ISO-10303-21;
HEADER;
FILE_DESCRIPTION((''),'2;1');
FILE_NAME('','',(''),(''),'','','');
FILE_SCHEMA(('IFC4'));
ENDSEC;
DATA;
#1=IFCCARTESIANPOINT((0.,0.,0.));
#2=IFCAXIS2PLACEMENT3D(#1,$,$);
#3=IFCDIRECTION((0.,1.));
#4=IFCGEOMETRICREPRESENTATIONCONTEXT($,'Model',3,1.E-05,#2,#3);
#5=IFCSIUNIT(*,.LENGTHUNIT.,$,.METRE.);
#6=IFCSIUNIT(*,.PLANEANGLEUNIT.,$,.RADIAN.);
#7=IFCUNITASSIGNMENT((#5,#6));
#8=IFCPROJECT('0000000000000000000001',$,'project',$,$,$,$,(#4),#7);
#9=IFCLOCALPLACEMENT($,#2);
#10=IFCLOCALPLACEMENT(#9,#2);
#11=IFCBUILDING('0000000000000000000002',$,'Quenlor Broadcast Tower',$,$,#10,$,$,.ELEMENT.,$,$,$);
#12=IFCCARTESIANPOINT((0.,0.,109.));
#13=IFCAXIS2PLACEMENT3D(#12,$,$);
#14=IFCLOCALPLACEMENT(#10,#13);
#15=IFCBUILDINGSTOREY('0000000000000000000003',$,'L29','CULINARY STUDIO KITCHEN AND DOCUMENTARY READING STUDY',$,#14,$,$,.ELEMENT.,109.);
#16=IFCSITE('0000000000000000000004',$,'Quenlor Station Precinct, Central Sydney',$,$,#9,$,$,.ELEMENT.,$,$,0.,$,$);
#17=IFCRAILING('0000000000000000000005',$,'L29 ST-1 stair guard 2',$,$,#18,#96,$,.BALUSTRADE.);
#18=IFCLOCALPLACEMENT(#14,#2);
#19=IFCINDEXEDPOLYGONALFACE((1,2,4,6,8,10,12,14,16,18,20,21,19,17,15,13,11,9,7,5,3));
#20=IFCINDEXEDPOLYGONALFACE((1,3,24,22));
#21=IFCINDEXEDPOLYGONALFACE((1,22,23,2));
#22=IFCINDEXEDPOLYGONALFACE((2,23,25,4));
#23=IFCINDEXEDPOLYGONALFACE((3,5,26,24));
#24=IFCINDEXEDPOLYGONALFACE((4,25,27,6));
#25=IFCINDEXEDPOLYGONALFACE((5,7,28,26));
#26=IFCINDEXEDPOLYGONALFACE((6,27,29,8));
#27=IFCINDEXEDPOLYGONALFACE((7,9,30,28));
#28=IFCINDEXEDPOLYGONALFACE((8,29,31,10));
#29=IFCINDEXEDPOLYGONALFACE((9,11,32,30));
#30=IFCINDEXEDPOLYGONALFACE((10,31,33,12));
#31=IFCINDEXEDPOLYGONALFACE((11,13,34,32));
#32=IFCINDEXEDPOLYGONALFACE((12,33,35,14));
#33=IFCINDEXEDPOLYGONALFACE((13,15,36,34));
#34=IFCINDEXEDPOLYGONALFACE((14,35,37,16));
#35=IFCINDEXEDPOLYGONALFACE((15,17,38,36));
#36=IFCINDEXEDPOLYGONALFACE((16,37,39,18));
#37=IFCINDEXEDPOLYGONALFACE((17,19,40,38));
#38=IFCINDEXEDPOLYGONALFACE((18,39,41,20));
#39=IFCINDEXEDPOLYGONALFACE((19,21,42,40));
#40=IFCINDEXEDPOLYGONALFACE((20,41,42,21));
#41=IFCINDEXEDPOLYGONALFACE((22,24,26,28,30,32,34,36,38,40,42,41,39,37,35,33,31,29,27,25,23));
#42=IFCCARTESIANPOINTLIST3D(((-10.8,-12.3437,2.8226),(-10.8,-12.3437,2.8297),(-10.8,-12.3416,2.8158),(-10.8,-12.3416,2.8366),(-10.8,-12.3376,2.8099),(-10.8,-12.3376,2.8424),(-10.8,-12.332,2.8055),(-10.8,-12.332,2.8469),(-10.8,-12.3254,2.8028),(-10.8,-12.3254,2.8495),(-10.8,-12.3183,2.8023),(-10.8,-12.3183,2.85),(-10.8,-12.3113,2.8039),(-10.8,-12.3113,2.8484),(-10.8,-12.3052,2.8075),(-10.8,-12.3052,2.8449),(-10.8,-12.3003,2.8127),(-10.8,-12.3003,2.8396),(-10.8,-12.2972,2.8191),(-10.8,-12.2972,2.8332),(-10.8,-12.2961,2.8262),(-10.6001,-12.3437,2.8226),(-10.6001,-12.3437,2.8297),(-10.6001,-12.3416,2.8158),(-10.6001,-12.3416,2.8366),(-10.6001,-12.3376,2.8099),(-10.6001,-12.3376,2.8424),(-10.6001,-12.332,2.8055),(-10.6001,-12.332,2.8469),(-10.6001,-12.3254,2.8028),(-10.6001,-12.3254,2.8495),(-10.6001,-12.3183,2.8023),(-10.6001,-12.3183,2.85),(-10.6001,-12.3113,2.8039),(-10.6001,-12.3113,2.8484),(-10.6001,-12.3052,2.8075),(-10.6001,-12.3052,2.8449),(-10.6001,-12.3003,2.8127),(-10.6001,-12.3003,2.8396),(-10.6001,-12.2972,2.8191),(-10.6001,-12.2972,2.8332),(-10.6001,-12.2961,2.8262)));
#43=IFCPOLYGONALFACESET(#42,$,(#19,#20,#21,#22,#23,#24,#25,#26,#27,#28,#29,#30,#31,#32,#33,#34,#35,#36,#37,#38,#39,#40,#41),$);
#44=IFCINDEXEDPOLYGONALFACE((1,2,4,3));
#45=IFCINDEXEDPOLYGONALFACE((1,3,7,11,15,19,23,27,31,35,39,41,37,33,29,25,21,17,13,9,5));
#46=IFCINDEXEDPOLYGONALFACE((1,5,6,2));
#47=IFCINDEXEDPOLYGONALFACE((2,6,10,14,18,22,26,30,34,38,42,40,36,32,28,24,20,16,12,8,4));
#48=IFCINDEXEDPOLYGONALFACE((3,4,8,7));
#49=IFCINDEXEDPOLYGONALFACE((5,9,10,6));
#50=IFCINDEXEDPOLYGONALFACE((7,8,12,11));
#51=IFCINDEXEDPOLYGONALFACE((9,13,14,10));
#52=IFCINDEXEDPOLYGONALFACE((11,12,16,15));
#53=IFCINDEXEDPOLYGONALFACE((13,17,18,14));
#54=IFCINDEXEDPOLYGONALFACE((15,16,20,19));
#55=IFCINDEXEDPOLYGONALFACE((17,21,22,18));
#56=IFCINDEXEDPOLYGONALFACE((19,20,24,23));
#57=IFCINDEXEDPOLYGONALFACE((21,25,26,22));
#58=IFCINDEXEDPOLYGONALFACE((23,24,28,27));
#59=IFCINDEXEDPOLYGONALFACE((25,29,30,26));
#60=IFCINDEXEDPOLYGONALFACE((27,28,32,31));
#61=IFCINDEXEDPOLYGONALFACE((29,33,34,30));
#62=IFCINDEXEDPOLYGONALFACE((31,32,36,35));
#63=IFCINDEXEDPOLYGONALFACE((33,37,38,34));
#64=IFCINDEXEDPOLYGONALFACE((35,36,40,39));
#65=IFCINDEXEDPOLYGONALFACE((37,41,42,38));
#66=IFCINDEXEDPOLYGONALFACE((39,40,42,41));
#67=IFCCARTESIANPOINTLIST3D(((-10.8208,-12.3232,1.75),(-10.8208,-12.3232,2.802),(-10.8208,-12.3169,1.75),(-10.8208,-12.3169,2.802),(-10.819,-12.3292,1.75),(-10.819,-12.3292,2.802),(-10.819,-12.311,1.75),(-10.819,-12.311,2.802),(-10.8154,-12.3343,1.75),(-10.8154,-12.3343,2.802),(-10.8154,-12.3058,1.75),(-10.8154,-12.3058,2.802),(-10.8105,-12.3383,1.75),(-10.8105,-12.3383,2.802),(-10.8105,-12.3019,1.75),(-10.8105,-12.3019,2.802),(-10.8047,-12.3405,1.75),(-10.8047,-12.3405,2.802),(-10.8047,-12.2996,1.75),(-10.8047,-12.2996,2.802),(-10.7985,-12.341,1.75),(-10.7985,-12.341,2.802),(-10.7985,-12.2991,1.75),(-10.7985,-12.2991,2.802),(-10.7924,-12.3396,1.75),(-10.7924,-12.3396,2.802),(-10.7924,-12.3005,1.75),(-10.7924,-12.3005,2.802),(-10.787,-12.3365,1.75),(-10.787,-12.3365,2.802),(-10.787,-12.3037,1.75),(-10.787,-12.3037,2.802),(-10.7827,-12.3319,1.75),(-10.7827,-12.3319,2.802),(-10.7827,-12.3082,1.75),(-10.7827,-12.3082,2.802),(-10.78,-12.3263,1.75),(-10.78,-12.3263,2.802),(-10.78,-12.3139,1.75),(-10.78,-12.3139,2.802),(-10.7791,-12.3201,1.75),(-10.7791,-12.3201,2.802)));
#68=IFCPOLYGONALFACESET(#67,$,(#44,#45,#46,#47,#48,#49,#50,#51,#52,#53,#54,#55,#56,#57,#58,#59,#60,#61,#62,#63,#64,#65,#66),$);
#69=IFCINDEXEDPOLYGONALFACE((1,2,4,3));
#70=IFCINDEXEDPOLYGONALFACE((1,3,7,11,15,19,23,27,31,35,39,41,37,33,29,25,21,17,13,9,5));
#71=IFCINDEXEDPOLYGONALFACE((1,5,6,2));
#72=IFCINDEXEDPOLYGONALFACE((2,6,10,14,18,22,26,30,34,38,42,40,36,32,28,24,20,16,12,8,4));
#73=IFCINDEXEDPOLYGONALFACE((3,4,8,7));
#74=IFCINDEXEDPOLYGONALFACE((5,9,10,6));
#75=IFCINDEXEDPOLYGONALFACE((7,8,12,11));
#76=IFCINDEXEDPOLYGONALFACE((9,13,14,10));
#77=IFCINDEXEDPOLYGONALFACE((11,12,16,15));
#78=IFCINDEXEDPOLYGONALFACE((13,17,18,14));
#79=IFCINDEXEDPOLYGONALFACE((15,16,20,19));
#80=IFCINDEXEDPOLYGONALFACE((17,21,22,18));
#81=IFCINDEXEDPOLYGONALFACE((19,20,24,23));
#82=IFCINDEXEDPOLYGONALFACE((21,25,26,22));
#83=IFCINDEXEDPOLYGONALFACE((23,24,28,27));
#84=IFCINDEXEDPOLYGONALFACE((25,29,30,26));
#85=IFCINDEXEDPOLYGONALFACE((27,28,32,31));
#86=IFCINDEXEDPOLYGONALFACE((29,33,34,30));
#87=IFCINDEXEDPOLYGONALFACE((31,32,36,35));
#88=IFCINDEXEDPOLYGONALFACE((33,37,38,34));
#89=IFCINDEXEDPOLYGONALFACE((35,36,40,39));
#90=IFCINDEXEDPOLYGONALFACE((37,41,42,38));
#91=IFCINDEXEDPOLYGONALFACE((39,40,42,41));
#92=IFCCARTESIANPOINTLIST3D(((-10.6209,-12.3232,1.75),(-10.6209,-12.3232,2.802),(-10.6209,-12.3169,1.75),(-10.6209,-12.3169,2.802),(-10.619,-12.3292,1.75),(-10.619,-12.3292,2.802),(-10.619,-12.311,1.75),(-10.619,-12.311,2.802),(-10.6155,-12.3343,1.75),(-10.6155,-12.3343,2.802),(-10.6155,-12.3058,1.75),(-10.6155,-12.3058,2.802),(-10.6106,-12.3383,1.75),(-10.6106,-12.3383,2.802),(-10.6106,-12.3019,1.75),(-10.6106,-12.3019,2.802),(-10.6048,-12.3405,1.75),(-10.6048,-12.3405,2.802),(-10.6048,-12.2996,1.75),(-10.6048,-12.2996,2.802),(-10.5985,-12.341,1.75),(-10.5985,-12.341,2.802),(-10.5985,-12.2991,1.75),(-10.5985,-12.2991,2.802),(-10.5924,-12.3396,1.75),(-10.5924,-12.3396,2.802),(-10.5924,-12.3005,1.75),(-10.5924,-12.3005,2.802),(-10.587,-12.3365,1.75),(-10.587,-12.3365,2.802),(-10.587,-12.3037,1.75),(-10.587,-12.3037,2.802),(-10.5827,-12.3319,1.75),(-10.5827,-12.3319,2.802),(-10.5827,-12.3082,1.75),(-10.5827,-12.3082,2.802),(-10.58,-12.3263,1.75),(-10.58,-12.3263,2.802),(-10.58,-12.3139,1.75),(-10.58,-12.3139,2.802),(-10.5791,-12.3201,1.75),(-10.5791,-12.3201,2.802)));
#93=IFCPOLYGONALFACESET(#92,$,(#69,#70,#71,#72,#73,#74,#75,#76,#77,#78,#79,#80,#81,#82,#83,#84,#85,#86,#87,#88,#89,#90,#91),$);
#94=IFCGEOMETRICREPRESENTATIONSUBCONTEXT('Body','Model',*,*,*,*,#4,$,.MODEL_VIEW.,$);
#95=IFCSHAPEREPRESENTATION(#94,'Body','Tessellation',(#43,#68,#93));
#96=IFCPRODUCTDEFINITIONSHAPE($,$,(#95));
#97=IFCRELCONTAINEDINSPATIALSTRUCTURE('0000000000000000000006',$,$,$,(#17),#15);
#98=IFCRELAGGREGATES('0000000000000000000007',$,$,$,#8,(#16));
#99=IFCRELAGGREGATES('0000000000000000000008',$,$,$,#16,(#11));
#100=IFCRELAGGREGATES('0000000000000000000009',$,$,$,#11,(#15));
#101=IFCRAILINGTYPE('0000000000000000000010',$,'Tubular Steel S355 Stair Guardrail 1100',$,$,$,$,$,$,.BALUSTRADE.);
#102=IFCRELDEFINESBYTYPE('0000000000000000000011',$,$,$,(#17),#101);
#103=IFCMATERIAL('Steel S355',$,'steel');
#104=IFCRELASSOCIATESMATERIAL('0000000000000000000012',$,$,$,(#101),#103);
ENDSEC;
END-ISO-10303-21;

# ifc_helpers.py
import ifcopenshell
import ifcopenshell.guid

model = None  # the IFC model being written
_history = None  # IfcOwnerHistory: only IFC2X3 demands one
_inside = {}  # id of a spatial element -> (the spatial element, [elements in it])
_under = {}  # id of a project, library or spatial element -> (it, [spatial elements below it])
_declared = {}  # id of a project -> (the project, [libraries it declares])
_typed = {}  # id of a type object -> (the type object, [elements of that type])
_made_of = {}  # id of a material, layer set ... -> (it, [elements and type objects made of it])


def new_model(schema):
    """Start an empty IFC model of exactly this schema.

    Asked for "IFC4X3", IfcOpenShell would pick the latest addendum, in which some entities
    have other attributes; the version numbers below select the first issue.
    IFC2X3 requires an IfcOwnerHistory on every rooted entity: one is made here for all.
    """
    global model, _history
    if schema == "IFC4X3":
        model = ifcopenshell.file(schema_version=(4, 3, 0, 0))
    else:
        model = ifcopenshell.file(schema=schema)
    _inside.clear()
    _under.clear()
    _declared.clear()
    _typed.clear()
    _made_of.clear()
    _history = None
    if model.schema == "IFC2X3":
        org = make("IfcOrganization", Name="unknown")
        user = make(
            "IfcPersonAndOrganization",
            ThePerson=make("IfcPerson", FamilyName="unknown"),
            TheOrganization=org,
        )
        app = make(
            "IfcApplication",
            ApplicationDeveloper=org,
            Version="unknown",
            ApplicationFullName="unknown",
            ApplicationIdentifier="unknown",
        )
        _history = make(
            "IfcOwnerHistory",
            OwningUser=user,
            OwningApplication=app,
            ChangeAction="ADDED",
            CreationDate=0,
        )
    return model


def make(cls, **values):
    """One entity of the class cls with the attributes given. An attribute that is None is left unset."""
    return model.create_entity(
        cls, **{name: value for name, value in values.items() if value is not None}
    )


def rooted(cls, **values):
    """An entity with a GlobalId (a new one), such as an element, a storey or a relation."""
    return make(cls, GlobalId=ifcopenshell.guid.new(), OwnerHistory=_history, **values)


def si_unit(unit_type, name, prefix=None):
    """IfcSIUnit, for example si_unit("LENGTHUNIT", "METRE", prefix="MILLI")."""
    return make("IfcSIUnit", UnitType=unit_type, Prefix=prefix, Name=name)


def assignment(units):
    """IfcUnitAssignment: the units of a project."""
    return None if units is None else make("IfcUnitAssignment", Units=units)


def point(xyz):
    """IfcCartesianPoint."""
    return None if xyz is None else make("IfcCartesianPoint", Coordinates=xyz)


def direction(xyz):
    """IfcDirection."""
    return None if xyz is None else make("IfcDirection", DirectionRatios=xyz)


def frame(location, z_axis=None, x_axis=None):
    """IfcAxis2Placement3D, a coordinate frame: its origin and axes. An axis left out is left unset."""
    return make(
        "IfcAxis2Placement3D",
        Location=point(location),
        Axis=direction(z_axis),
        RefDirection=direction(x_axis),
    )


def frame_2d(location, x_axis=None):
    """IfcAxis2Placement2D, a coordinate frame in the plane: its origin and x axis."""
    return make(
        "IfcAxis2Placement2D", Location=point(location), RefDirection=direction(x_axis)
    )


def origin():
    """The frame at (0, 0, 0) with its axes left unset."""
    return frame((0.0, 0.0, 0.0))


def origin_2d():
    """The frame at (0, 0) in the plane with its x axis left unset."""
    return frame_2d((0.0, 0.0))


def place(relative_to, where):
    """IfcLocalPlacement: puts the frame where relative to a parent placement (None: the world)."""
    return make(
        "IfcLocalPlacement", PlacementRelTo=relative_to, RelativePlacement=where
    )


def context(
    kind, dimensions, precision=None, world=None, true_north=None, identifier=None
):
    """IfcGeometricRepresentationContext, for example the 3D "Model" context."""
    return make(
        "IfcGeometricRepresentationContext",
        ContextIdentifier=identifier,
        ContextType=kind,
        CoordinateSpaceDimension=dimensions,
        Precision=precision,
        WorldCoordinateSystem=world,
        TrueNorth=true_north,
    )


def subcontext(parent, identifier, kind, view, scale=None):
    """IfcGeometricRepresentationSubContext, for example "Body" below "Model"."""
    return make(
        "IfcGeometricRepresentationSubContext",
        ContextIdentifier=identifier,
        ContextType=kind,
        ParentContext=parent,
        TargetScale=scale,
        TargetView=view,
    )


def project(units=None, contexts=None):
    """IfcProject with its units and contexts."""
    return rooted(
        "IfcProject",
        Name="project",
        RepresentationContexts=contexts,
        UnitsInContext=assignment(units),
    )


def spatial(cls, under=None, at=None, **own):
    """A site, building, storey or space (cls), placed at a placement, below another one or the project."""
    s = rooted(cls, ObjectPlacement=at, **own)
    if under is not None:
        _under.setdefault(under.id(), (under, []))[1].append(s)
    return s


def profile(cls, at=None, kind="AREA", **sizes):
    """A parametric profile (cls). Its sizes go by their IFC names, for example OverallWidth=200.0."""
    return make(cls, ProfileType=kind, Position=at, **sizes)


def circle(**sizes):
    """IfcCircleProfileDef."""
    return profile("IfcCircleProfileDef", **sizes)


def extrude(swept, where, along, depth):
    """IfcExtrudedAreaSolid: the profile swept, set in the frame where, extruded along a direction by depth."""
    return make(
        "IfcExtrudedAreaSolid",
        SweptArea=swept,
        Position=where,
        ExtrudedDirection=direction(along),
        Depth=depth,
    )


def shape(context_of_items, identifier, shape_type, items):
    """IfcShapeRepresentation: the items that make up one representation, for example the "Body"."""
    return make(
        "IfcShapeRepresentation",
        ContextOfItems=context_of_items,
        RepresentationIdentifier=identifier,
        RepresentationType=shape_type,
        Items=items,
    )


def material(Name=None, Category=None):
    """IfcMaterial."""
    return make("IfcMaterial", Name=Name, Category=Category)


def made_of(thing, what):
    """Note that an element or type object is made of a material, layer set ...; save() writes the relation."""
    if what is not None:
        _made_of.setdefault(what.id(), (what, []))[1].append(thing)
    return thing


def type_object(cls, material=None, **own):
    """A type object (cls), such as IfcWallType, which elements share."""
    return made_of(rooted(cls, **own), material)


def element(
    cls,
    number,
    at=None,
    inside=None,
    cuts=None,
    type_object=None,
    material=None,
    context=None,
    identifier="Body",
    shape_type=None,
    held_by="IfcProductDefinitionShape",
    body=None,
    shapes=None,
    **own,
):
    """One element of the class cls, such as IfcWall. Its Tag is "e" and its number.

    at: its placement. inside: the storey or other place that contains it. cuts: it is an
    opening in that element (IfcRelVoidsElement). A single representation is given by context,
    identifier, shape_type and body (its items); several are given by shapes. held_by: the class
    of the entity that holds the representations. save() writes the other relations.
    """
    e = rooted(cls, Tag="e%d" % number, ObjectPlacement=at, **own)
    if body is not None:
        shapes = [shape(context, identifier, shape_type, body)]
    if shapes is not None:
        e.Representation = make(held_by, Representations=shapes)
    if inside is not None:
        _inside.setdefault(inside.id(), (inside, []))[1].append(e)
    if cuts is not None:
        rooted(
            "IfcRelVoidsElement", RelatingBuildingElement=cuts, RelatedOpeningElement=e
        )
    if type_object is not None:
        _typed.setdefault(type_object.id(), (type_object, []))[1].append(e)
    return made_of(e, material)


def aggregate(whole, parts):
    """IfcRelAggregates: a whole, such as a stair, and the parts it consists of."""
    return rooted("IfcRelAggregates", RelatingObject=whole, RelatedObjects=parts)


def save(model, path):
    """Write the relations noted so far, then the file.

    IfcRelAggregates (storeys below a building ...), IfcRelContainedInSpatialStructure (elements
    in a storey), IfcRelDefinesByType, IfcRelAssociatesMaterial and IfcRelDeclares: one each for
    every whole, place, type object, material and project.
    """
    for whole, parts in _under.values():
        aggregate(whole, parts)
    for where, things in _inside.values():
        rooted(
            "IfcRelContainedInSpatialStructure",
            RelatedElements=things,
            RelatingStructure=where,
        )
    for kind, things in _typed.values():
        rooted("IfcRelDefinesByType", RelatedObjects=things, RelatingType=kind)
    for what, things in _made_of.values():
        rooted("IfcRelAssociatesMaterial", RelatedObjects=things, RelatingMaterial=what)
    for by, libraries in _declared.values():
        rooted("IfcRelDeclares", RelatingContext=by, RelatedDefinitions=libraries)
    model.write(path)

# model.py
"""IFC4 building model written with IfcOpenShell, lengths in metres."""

from ifc_helpers import new_model, si_unit, direction, frame, origin, origin_2d, place, context, subcontext, project, spatial, circle, extrude, material, type_object, element, save


model = new_model("IFC4")

# Units and contexts
model_context = context("Model", 3, precision=1e-05, world=origin(), true_north=direction((0.0, 1.0)))
body_context = subcontext(model_context, "Body", "Model", "MODEL_VIEW")
ifc_project = project(units=[si_unit("LENGTHUNIT", "METRE"), si_unit("PLANEANGLEUNIT", "RADIAN")], contexts=[model_context])

# Site, building, storey
site_placement = place(None, origin())
site = spatial("IfcSite", under=ifc_project, at=site_placement, Name="Quenlor Station Precinct, Central Sydney", CompositionType="ELEMENT", RefElevation=0.0)
building_placement = place(site_placement, origin())
building = spatial("IfcBuilding", under=site, at=building_placement, Name="Quenlor Broadcast Tower", CompositionType="ELEMENT")
storey_placement = place(building_placement, frame((0.0, 0.0, 109.0)))
storey = spatial("IfcBuildingStorey", under=building, at=storey_placement, Name="L29", Description="CULINARY STUDIO KITCHEN AND DOCUMENTARY READING STUDY", CompositionType="ELEMENT", Elevation=109.0)

# Railing
ifc_material_1 = material(Name="Steel S355", Category="steel")
railing_type_1 = type_object("IfcRailingType", Name="Tubular Steel S355 Stair Guardrail 1100", PredefinedType="BALUSTRADE", material=ifc_material_1)
railing_1_placement = place(storey_placement, frame((-10.8, -12.3201, 1.75)))
element("IfcRailing", 1, at=railing_1_placement, inside=storey, type_object=railing_type_1, Name="L29 ST-1 stair guard 2", PredefinedType="BALUSTRADE", context=body_context, shape_type="SweptSolid", body=[
    extrude(circle(Radius=0.0239, at=origin_2d()), frame((0.0, 0.0, 1.0762), z_axis=(1.0, 0.0, 0.0), x_axis=(0.0, 1.0, 0.0)), (0.0, 0.0, 1.0), 0.2),
    extrude(circle(Radius=0.021, at=origin_2d()), origin(), (0.0, 0.0, 1.0), 1.052),
    extrude(circle(Radius=0.021, at=origin_2d()), frame((0.2, 0.0, 0.0)), (0.0, 0.0, 1.0), 1.052),
])

save(model, "model.ifc")
